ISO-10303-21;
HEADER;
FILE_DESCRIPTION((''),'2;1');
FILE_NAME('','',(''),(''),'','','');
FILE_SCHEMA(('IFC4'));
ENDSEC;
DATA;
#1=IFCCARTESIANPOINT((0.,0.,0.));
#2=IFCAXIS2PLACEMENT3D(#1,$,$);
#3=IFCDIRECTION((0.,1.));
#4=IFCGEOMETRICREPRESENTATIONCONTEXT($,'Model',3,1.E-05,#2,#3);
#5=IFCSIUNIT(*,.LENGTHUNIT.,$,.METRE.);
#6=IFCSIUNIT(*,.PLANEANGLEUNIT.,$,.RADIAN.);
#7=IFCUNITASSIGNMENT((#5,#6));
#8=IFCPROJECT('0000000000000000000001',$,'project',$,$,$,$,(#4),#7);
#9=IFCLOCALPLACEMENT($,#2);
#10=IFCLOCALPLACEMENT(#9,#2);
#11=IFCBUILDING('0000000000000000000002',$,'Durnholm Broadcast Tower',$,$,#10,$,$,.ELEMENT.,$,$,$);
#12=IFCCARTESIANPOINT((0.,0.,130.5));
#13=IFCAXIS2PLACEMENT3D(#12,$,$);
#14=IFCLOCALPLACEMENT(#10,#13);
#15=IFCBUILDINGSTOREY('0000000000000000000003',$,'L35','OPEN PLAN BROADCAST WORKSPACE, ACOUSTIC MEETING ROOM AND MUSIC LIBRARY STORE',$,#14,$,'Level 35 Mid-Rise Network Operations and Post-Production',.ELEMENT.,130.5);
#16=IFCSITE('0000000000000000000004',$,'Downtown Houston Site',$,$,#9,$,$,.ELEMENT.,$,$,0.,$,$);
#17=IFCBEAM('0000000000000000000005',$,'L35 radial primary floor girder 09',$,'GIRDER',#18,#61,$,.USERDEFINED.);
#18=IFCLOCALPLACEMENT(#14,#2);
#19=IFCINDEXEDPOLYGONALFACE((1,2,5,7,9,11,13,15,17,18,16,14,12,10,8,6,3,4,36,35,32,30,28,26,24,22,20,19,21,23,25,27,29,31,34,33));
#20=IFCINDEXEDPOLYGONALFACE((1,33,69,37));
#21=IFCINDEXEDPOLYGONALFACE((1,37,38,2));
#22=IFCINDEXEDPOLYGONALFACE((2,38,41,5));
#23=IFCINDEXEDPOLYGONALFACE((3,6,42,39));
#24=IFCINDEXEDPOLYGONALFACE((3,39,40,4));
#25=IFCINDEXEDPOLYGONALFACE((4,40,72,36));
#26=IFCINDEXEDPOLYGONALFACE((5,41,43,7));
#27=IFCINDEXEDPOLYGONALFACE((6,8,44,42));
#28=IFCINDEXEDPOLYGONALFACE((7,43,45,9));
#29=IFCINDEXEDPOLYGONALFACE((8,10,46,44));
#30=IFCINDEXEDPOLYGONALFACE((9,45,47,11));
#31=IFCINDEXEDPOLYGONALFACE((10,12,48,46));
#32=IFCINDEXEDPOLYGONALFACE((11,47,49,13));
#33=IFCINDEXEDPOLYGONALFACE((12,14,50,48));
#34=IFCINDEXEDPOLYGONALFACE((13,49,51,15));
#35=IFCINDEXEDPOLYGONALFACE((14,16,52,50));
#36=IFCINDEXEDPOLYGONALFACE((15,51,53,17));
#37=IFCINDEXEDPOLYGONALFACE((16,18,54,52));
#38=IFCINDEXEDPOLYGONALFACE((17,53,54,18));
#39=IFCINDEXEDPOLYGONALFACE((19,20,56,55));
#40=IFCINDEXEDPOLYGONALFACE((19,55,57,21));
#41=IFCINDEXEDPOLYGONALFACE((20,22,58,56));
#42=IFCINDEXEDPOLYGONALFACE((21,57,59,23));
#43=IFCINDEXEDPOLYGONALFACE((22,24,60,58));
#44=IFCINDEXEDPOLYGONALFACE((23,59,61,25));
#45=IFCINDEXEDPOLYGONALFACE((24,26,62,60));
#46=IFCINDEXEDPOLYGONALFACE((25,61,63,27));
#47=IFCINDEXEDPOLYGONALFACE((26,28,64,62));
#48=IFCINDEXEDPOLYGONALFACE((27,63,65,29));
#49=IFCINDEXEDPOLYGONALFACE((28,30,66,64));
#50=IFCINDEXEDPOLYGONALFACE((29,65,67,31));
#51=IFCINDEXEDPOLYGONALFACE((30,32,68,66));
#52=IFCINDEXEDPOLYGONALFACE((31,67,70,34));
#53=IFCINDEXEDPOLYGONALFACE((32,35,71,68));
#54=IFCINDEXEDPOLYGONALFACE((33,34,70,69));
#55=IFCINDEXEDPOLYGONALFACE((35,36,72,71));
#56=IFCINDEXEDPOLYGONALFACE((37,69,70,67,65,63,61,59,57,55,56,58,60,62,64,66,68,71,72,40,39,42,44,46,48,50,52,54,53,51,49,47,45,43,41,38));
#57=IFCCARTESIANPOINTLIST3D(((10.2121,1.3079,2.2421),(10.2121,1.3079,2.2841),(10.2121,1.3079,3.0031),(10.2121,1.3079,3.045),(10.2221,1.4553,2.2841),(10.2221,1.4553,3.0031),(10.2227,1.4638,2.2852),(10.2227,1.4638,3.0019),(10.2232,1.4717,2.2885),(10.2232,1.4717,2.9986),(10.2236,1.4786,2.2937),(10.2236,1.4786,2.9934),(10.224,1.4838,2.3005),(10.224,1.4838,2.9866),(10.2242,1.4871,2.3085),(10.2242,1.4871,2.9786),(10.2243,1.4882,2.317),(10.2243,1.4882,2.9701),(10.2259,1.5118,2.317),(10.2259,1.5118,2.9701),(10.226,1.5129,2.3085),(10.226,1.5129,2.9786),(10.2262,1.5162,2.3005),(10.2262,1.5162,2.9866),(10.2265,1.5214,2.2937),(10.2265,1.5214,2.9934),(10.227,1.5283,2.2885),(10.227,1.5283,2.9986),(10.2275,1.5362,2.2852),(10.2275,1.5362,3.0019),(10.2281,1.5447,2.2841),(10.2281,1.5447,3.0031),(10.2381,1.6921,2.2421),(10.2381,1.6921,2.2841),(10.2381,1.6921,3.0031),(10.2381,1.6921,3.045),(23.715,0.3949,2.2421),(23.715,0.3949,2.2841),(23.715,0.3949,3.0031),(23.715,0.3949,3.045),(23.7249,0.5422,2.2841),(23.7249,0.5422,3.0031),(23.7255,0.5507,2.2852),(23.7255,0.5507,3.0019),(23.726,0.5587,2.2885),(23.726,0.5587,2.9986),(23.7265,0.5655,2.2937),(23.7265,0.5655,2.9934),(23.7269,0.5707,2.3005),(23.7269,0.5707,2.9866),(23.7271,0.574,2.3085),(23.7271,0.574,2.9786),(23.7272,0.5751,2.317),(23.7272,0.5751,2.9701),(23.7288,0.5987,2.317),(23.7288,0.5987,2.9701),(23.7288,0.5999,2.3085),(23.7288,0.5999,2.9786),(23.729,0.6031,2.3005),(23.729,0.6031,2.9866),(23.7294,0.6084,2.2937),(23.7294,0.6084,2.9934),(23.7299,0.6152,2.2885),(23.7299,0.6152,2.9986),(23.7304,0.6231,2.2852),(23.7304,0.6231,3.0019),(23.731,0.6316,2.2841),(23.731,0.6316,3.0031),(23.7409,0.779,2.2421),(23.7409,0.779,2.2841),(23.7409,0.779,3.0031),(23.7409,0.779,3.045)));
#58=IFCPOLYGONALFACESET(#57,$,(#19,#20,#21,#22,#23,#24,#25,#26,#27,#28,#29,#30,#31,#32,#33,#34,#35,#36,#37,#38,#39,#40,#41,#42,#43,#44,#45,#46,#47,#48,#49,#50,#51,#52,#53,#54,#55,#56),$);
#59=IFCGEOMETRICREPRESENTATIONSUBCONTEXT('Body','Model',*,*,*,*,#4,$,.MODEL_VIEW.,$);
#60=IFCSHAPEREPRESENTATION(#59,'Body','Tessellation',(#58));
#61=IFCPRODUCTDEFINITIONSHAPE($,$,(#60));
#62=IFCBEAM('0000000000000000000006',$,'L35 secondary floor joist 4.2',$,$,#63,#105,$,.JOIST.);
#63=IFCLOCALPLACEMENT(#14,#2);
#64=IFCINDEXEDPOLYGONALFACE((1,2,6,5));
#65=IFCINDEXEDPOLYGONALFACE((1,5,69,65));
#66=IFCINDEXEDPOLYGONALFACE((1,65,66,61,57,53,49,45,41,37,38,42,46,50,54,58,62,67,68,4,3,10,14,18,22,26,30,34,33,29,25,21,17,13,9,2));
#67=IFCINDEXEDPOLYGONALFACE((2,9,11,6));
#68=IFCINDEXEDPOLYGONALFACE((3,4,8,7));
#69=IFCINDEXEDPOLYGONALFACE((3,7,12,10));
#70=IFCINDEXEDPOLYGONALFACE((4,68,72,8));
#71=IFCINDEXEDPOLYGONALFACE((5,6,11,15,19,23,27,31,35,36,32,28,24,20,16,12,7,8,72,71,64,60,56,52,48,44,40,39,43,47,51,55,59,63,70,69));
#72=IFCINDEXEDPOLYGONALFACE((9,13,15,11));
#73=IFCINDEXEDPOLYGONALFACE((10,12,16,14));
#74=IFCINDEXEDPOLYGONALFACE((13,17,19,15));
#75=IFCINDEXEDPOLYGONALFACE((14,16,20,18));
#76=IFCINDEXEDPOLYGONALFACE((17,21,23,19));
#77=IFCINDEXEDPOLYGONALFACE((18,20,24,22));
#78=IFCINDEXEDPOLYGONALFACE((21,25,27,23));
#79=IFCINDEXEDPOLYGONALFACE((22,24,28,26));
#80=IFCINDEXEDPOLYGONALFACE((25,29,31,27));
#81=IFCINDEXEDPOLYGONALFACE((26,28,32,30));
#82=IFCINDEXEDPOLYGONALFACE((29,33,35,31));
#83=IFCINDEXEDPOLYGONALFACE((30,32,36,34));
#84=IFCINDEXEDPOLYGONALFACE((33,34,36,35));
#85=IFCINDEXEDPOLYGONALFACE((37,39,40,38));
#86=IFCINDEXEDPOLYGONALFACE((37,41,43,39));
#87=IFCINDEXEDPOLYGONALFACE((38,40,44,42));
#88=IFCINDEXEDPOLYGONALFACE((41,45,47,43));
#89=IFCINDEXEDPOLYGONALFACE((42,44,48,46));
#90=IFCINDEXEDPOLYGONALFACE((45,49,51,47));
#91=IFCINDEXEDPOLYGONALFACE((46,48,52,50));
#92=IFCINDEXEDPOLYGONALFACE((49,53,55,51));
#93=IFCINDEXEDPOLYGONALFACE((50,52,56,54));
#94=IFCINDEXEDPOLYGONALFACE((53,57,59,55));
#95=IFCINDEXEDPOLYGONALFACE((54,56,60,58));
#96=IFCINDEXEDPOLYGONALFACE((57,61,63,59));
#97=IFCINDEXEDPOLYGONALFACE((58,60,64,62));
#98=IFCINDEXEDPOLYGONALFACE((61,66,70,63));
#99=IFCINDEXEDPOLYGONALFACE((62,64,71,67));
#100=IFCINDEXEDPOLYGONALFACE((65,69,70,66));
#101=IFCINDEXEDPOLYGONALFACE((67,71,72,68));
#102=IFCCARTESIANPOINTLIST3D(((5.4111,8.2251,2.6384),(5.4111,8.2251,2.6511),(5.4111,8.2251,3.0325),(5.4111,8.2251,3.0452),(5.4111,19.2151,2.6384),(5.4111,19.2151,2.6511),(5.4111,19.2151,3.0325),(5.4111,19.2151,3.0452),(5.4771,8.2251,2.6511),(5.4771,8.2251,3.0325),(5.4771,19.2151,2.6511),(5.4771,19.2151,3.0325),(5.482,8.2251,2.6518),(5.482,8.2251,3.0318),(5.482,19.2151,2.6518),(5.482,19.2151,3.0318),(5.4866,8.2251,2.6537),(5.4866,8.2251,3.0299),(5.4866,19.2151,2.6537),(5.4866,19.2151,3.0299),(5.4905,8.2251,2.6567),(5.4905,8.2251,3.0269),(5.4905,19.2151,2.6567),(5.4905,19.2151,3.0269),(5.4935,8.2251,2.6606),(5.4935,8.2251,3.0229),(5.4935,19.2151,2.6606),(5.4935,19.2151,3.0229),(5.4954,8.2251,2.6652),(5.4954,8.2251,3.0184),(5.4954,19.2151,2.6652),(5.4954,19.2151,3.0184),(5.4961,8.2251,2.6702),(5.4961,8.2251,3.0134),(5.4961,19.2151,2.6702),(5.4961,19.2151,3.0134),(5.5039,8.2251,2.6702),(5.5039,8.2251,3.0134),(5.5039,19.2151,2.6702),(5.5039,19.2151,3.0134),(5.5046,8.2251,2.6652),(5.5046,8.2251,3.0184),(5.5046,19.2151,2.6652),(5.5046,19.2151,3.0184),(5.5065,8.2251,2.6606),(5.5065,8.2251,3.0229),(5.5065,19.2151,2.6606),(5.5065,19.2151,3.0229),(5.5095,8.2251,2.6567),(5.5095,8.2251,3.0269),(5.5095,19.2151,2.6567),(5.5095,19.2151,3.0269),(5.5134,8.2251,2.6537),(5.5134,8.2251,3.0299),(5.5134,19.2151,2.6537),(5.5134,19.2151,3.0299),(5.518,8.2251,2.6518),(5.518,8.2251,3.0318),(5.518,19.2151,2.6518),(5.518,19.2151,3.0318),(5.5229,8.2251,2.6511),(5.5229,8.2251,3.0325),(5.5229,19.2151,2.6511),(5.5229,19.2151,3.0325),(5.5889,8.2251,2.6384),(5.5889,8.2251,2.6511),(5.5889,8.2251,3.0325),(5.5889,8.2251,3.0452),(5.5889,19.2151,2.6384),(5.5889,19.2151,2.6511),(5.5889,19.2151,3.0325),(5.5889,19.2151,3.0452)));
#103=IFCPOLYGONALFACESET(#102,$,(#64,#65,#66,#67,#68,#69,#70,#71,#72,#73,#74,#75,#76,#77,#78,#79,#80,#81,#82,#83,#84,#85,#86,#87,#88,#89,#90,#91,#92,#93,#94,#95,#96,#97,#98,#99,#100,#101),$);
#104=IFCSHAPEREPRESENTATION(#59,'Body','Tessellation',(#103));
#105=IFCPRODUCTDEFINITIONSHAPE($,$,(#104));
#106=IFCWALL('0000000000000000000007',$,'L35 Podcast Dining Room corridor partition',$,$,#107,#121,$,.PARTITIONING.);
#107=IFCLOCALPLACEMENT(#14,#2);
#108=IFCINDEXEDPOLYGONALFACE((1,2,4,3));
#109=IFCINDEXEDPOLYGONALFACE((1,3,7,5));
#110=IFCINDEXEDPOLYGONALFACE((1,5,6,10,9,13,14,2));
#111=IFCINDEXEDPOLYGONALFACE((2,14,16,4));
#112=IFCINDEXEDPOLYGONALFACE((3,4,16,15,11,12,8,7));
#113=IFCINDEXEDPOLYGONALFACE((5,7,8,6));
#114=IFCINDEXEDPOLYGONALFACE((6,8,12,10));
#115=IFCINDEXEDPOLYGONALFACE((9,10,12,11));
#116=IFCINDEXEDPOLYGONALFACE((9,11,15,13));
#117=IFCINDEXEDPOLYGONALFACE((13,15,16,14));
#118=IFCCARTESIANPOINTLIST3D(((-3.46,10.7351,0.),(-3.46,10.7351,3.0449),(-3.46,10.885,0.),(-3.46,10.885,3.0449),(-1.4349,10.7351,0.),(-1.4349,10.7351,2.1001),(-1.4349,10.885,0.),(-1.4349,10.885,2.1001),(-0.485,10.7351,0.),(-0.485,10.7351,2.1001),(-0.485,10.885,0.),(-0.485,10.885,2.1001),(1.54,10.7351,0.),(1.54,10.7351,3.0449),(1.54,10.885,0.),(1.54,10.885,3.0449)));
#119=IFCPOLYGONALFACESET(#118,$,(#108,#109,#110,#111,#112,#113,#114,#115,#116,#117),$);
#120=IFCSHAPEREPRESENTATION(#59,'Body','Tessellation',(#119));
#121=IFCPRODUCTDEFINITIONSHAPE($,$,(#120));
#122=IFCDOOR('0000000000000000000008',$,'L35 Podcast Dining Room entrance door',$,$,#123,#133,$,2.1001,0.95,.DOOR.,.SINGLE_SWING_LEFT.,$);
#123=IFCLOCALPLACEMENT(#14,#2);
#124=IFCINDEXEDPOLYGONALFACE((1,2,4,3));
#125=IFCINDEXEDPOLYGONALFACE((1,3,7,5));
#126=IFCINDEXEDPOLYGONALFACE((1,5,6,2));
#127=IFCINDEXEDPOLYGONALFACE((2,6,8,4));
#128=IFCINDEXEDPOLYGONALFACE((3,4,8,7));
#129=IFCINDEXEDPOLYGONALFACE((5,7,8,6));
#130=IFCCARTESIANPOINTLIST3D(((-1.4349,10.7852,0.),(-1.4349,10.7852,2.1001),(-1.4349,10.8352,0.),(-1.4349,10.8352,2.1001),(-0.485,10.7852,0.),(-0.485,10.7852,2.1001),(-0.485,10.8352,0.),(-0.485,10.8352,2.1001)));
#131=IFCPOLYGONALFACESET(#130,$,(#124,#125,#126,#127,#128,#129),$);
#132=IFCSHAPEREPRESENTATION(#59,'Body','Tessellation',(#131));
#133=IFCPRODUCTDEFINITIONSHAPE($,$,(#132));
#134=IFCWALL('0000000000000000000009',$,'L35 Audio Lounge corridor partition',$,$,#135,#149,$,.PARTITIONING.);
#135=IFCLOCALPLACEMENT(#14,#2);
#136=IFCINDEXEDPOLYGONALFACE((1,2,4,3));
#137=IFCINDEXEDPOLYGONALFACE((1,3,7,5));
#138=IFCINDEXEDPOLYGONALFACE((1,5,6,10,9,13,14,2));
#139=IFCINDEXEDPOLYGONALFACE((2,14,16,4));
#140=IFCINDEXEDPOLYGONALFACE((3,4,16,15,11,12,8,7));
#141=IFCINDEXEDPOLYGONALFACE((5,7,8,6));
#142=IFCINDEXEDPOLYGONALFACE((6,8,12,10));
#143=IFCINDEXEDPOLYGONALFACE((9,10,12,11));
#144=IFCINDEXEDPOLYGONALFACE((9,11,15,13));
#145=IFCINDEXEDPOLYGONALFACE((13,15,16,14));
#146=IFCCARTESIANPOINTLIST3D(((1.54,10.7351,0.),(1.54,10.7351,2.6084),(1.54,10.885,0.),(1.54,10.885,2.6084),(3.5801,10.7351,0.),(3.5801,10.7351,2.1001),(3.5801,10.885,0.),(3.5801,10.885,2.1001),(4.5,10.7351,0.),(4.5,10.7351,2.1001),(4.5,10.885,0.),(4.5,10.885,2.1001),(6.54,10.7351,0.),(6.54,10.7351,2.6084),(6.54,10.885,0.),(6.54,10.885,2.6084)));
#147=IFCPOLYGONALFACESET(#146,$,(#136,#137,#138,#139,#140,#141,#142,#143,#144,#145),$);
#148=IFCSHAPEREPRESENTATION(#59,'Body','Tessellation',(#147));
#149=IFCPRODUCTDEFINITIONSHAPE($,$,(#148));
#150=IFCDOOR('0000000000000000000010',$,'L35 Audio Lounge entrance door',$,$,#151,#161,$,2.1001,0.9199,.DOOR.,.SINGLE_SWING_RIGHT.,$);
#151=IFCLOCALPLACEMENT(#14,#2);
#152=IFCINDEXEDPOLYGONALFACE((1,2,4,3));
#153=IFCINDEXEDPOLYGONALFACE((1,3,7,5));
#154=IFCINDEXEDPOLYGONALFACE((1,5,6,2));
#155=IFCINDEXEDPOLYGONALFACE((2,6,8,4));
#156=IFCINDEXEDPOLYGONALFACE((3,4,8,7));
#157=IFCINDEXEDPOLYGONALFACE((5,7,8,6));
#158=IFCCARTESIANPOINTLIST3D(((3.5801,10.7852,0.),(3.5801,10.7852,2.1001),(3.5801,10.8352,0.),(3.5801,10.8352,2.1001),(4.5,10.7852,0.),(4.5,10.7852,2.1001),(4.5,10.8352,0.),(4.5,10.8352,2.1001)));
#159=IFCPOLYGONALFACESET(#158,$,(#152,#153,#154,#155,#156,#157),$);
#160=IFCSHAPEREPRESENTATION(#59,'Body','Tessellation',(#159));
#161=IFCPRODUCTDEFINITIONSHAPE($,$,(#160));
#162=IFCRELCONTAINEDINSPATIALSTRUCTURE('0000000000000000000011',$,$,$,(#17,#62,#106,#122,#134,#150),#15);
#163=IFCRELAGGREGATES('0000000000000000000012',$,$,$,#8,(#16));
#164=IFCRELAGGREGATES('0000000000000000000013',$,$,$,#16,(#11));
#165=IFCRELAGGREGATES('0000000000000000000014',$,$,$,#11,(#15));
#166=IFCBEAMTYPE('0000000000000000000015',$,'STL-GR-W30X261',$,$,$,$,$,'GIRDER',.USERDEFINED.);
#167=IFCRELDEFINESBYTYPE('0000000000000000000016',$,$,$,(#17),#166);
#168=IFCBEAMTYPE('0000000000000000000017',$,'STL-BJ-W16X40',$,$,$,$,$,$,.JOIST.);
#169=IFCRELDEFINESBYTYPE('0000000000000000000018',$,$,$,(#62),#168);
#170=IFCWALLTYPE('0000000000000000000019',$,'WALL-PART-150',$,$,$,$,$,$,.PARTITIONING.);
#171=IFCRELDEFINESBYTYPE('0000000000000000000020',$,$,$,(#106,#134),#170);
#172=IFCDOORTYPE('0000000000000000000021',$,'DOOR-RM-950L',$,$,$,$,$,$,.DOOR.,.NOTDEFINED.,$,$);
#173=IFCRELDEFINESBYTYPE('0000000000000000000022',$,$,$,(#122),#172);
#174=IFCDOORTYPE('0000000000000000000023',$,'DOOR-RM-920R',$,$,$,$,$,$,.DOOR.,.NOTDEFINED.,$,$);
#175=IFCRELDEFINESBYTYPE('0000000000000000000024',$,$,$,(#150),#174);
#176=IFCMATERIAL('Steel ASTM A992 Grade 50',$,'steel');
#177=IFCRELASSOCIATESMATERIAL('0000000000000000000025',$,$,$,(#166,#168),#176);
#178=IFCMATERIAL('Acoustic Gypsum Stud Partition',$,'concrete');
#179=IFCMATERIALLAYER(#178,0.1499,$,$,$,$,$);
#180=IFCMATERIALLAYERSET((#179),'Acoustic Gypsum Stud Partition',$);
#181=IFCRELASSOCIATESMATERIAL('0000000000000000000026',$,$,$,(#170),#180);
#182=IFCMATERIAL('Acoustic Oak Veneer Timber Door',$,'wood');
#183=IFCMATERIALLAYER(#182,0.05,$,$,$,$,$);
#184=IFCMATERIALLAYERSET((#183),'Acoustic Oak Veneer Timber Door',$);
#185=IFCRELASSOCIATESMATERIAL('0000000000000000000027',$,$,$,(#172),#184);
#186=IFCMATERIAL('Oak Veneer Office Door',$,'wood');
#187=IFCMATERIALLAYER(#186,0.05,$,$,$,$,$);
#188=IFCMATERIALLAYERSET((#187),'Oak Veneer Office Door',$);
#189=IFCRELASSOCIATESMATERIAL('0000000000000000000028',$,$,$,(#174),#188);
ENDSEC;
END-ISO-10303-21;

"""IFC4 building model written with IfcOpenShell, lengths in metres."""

from ifc_helpers import new_model, si_unit, direction, frame, frame_2d, origin, origin_2d, place, context, subcontext, project, spatial, rectangle, i_section, extrude, source, transform, mapped, material, layer, layer_set, material_profile, profile_set, type_object, type_shapes, element, fill, save


model = new_model("IFC4")

# Units and contexts
model_context = context("Model", 3, precision=1e-05, world=origin(), true_north=direction((0.0, 1.0)))
body_context = subcontext(model_context, "Body", "Model", "MODEL_VIEW")
ifc_project = project(units=[si_unit("LENGTHUNIT", "METRE"), si_unit("PLANEANGLEUNIT", "RADIAN")], contexts=[model_context])

# Site, building, storey
site_placement = place(None, origin())
site = spatial("IfcSite", under=ifc_project, at=site_placement, Name="Downtown Houston Site", CompositionType="ELEMENT", RefElevation=0.0)
building_placement = place(site_placement, origin())
building = spatial("IfcBuilding", under=site, at=building_placement, Name="Durnholm Broadcast Tower", CompositionType="ELEMENT")
storey_placement = place(building_placement, frame((0.0, 0.0, 130.5)))
storey = spatial("IfcBuildingStorey", under=building, at=storey_placement, Name="L35", Description="OPEN PLAN BROADCAST WORKSPACE, ACOUSTIC MEETING ROOM AND MUSIC LIBRARY STORE", LongName="Level 35 Mid-Rise Network Operations and Post-Production", CompositionType="ELEMENT", Elevation=130.5)

# Beams
ifc_material_1 = material(Name="Steel ASTM A992 Grade 50", Category="steel")
ifc_material_profile_1 = material_profile(ifc_material_1, i_section(OverallWidth=0.385, OverallDepth=0.803, WebThickness=0.0237, FlangeThickness=0.042, FilletRadius=0.033, at=origin_2d()), Name="W30X261")
ifc_profile_set_1 = profile_set([ifc_material_profile_1], Name="Steel ASTM A992 Grade 50")
beam_type_1 = type_object("IfcBeamType", Name="STL-GR-W30X261", ElementType="GIRDER", PredefinedType="USERDEFINED", material=ifc_profile_set_1)
shared_shape_1 = source(origin(), body_context, "Body", "SweptSolid", [
    extrude(i_section(OverallWidth=0.385, OverallDepth=0.803, WebThickness=0.0237, FlangeThickness=0.042, FilletRadius=0.033, at=origin_2d()), origin(), (0.0, 0.0, 1.0), 13.5337),
])
beam_1_placement = place(storey_placement, frame((10.2251, 1.5, 2.6436), z_axis=(0.997721, -0.067467, 0.0), x_axis=(0.067467, 0.997721, 0.0)))
element("IfcBeam", 1, at=beam_1_placement, inside=storey, type_object=beam_type_1, Name="L35 radial primary floor girder 09", ObjectType="GIRDER", PredefinedType="USERDEFINED", context=body_context, shape_type="MappedRepresentation", body=[
    mapped(shared_shape_1, transform((0.0, 0.0, 0.0), x_axis=(1.0, 0.0, 0.0), y_axis=(0.0, 1.0, 0.0), z_axis=(0.0, 0.0, 1.0), scale=1.0)),
])
ifc_material_profile_2 = material_profile(ifc_material_1, i_section(OverallWidth=0.1777, OverallDepth=0.4067, WebThickness=0.0078, FlangeThickness=0.0127, FilletRadius=0.019, at=origin_2d()), Name="W16X40")
ifc_profile_set_2 = profile_set([ifc_material_profile_2], Name="Steel ASTM A992 Grade 50")
beam_type_2 = type_object("IfcBeamType", Name="STL-BJ-W16X40", PredefinedType="JOIST", material=ifc_profile_set_2)
shared_shape_2 = source(origin(), body_context, "Body", "SweptSolid", [
    extrude(i_section(OverallWidth=0.1777, OverallDepth=0.4067, WebThickness=0.0078, FlangeThickness=0.0127, FilletRadius=0.019, at=origin_2d()), origin(), (0.0, 0.0, 1.0), 10.99),
])
type_shapes(beam_type_2, [shared_shape_2])
beam_2_placement = place(storey_placement, frame((5.5, 8.2251, 2.8418), z_axis=(0.0, 1.0, 0.0), x_axis=(-1.0, 0.0, 0.0)))
element("IfcBeam", 2, at=beam_2_placement, inside=storey, type_object=beam_type_2, Name="L35 secondary floor joist 4.2", PredefinedType="JOIST", context=body_context, shape_type="MappedRepresentation", body=[
    mapped(shared_shape_2, transform((0.0, 0.0, 0.0), x_axis=(1.0, 0.0, 0.0), y_axis=(0.0, 1.0, 0.0), z_axis=(0.0, 0.0, 1.0), scale=1.0)),
])

# Walls, openings, doors
ifc_material_2 = material(Name="Acoustic Gypsum Stud Partition", Category="concrete")
ifc_layer_1 = layer(ifc_material_2, 0.1499)
ifc_layer_set_1 = layer_set([ifc_layer_1], Name="Acoustic Gypsum Stud Partition")
wall_type_1 = type_object("IfcWallType", Name="WALL-PART-150", PredefinedType="PARTITIONING", material=ifc_layer_set_1)
wall_1_placement = place(storey_placement, frame((1.54, 10.8101, 0.0), z_axis=(0.0, 0.0, 1.0), x_axis=(-1.0, 0.0, 0.0)))
wall_1 = element("IfcWall", 3, at=wall_1_placement, inside=storey, type_object=wall_type_1, Name="L35 Podcast Dining Room corridor partition", PredefinedType="PARTITIONING", context=body_context, shape_type="SweptSolid", body=[
    extrude(rectangle(XDim=5.0, YDim=0.1499, at=frame_2d((2.5, 0.0))), origin(), (0.0, 0.0, 1.0), 3.0449),
])
opening_1_placement = place(wall_1_placement, frame((2.0249, 0.0, 0.0)))
opening_1 = element("IfcOpeningElement", 4, at=opening_1_placement, cuts=wall_1, PredefinedType="OPENING", context=body_context, shape_type="SweptSolid", body=[
    extrude(rectangle(XDim=0.95, YDim=2.1001, at=frame_2d((0.4751, 1.05))), frame((0.0, 0.085, 0.0), z_axis=(0.0, -1.0, 0.0), x_axis=(1.0, 0.0, 0.0)), (0.0, 0.0, 1.0), 0.1699),
])
ifc_material_3 = material(Name="Acoustic Oak Veneer Timber Door", Category="wood")
ifc_layer_2 = layer(ifc_material_3, 0.05)
ifc_layer_set_2 = layer_set([ifc_layer_2], Name="Acoustic Oak Veneer Timber Door")
door_type_1 = type_object("IfcDoorType", Name="DOOR-RM-950L", OperationType="NOTDEFINED", PredefinedType="DOOR", material=ifc_layer_set_2)
shared_shape_3 = source(origin(), body_context, "Body", "SweptSolid", [
    extrude(rectangle(XDim=0.95, YDim=2.1001, at=frame_2d((0.4751, 1.05))), frame((0.0, 0.0249, 0.0), z_axis=(0.0, -1.0, 0.0), x_axis=(1.0, 0.0, 0.0)), (0.0, 0.0, 1.0), 0.05),
])
type_shapes(door_type_1, [shared_shape_3])
door_1_placement = place(opening_1_placement, origin())
door_1 = element("IfcDoor", 5, at=door_1_placement, inside=storey, type_object=door_type_1, Name="L35 Podcast Dining Room entrance door", OperationType="SINGLE_SWING_LEFT", OverallHeight=2.1001, OverallWidth=0.95, PredefinedType="DOOR", context=body_context, shape_type="MappedRepresentation", body=[
    mapped(shared_shape_3, transform((0.0, 0.0, 0.0), x_axis=(1.0, 0.0, 0.0), y_axis=(0.0, 1.0, 0.0), z_axis=(0.0, 0.0, 1.0), scale=1.0)),
])
fill(opening_1, door_1)
wall_2_placement = place(storey_placement, frame((6.54, 10.8101, 0.0), z_axis=(0.0, 0.0, 1.0), x_axis=(-1.0, 0.0, 0.0)))
wall_2 = element("IfcWall", 6, at=wall_2_placement, inside=storey, type_object=wall_type_1, Name="L35 Audio Lounge corridor partition", PredefinedType="PARTITIONING", context=body_context, shape_type="SweptSolid", body=[
    extrude(rectangle(XDim=5.0, YDim=0.1499, at=frame_2d((2.5, 0.0))), origin(), (0.0, 0.0, 1.0), 2.6084),
])
opening_2_placement = place(wall_2_placement, frame((2.04, 0.0, 0.0)))
opening_2 = element("IfcOpeningElement", 7, at=opening_2_placement, cuts=wall_2, PredefinedType="OPENING", context=body_context, shape_type="SweptSolid", body=[
    extrude(rectangle(XDim=0.9199, YDim=2.1001, at=frame_2d((0.46, 1.05))), frame((0.0, 0.085, 0.0), z_axis=(0.0, -1.0, 0.0), x_axis=(1.0, 0.0, 0.0)), (0.0, 0.0, 1.0), 0.1699),
])
ifc_material_4 = material(Name="Oak Veneer Office Door", Category="wood")
ifc_layer_3 = layer(ifc_material_4, 0.05)
ifc_layer_set_3 = layer_set([ifc_layer_3], Name="Oak Veneer Office Door")
door_type_2 = type_object("IfcDoorType", Name="DOOR-RM-920R", OperationType="NOTDEFINED", PredefinedType="DOOR", material=ifc_layer_set_3)
shared_shape_4 = source(origin(), body_context, "Body", "SweptSolid", [
    extrude(rectangle(XDim=0.9199, YDim=2.1001, at=frame_2d((0.46, 1.05))), frame((0.0, 0.0249, 0.0), z_axis=(0.0, -1.0, 0.0), x_axis=(1.0, 0.0, 0.0)), (0.0, 0.0, 1.0), 0.05),
])
type_shapes(door_type_2, [shared_shape_4])
door_2_placement = place(opening_2_placement, origin())
door_2 = element("IfcDoor", 8, at=door_2_placement, inside=storey, type_object=door_type_2, Name="L35 Audio Lounge entrance door", OperationType="SINGLE_SWING_RIGHT", OverallHeight=2.1001, OverallWidth=0.9199, PredefinedType="DOOR", context=body_context, shape_type="MappedRepresentation", body=[
    mapped(shared_shape_4, transform((0.0, 0.0, 0.0), x_axis=(1.0, 0.0, 0.0), y_axis=(0.0, 1.0, 0.0), z_axis=(0.0, 0.0, 1.0), scale=1.0)),
])
fill(opening_2, door_2)

save(model, "model.ifc")
